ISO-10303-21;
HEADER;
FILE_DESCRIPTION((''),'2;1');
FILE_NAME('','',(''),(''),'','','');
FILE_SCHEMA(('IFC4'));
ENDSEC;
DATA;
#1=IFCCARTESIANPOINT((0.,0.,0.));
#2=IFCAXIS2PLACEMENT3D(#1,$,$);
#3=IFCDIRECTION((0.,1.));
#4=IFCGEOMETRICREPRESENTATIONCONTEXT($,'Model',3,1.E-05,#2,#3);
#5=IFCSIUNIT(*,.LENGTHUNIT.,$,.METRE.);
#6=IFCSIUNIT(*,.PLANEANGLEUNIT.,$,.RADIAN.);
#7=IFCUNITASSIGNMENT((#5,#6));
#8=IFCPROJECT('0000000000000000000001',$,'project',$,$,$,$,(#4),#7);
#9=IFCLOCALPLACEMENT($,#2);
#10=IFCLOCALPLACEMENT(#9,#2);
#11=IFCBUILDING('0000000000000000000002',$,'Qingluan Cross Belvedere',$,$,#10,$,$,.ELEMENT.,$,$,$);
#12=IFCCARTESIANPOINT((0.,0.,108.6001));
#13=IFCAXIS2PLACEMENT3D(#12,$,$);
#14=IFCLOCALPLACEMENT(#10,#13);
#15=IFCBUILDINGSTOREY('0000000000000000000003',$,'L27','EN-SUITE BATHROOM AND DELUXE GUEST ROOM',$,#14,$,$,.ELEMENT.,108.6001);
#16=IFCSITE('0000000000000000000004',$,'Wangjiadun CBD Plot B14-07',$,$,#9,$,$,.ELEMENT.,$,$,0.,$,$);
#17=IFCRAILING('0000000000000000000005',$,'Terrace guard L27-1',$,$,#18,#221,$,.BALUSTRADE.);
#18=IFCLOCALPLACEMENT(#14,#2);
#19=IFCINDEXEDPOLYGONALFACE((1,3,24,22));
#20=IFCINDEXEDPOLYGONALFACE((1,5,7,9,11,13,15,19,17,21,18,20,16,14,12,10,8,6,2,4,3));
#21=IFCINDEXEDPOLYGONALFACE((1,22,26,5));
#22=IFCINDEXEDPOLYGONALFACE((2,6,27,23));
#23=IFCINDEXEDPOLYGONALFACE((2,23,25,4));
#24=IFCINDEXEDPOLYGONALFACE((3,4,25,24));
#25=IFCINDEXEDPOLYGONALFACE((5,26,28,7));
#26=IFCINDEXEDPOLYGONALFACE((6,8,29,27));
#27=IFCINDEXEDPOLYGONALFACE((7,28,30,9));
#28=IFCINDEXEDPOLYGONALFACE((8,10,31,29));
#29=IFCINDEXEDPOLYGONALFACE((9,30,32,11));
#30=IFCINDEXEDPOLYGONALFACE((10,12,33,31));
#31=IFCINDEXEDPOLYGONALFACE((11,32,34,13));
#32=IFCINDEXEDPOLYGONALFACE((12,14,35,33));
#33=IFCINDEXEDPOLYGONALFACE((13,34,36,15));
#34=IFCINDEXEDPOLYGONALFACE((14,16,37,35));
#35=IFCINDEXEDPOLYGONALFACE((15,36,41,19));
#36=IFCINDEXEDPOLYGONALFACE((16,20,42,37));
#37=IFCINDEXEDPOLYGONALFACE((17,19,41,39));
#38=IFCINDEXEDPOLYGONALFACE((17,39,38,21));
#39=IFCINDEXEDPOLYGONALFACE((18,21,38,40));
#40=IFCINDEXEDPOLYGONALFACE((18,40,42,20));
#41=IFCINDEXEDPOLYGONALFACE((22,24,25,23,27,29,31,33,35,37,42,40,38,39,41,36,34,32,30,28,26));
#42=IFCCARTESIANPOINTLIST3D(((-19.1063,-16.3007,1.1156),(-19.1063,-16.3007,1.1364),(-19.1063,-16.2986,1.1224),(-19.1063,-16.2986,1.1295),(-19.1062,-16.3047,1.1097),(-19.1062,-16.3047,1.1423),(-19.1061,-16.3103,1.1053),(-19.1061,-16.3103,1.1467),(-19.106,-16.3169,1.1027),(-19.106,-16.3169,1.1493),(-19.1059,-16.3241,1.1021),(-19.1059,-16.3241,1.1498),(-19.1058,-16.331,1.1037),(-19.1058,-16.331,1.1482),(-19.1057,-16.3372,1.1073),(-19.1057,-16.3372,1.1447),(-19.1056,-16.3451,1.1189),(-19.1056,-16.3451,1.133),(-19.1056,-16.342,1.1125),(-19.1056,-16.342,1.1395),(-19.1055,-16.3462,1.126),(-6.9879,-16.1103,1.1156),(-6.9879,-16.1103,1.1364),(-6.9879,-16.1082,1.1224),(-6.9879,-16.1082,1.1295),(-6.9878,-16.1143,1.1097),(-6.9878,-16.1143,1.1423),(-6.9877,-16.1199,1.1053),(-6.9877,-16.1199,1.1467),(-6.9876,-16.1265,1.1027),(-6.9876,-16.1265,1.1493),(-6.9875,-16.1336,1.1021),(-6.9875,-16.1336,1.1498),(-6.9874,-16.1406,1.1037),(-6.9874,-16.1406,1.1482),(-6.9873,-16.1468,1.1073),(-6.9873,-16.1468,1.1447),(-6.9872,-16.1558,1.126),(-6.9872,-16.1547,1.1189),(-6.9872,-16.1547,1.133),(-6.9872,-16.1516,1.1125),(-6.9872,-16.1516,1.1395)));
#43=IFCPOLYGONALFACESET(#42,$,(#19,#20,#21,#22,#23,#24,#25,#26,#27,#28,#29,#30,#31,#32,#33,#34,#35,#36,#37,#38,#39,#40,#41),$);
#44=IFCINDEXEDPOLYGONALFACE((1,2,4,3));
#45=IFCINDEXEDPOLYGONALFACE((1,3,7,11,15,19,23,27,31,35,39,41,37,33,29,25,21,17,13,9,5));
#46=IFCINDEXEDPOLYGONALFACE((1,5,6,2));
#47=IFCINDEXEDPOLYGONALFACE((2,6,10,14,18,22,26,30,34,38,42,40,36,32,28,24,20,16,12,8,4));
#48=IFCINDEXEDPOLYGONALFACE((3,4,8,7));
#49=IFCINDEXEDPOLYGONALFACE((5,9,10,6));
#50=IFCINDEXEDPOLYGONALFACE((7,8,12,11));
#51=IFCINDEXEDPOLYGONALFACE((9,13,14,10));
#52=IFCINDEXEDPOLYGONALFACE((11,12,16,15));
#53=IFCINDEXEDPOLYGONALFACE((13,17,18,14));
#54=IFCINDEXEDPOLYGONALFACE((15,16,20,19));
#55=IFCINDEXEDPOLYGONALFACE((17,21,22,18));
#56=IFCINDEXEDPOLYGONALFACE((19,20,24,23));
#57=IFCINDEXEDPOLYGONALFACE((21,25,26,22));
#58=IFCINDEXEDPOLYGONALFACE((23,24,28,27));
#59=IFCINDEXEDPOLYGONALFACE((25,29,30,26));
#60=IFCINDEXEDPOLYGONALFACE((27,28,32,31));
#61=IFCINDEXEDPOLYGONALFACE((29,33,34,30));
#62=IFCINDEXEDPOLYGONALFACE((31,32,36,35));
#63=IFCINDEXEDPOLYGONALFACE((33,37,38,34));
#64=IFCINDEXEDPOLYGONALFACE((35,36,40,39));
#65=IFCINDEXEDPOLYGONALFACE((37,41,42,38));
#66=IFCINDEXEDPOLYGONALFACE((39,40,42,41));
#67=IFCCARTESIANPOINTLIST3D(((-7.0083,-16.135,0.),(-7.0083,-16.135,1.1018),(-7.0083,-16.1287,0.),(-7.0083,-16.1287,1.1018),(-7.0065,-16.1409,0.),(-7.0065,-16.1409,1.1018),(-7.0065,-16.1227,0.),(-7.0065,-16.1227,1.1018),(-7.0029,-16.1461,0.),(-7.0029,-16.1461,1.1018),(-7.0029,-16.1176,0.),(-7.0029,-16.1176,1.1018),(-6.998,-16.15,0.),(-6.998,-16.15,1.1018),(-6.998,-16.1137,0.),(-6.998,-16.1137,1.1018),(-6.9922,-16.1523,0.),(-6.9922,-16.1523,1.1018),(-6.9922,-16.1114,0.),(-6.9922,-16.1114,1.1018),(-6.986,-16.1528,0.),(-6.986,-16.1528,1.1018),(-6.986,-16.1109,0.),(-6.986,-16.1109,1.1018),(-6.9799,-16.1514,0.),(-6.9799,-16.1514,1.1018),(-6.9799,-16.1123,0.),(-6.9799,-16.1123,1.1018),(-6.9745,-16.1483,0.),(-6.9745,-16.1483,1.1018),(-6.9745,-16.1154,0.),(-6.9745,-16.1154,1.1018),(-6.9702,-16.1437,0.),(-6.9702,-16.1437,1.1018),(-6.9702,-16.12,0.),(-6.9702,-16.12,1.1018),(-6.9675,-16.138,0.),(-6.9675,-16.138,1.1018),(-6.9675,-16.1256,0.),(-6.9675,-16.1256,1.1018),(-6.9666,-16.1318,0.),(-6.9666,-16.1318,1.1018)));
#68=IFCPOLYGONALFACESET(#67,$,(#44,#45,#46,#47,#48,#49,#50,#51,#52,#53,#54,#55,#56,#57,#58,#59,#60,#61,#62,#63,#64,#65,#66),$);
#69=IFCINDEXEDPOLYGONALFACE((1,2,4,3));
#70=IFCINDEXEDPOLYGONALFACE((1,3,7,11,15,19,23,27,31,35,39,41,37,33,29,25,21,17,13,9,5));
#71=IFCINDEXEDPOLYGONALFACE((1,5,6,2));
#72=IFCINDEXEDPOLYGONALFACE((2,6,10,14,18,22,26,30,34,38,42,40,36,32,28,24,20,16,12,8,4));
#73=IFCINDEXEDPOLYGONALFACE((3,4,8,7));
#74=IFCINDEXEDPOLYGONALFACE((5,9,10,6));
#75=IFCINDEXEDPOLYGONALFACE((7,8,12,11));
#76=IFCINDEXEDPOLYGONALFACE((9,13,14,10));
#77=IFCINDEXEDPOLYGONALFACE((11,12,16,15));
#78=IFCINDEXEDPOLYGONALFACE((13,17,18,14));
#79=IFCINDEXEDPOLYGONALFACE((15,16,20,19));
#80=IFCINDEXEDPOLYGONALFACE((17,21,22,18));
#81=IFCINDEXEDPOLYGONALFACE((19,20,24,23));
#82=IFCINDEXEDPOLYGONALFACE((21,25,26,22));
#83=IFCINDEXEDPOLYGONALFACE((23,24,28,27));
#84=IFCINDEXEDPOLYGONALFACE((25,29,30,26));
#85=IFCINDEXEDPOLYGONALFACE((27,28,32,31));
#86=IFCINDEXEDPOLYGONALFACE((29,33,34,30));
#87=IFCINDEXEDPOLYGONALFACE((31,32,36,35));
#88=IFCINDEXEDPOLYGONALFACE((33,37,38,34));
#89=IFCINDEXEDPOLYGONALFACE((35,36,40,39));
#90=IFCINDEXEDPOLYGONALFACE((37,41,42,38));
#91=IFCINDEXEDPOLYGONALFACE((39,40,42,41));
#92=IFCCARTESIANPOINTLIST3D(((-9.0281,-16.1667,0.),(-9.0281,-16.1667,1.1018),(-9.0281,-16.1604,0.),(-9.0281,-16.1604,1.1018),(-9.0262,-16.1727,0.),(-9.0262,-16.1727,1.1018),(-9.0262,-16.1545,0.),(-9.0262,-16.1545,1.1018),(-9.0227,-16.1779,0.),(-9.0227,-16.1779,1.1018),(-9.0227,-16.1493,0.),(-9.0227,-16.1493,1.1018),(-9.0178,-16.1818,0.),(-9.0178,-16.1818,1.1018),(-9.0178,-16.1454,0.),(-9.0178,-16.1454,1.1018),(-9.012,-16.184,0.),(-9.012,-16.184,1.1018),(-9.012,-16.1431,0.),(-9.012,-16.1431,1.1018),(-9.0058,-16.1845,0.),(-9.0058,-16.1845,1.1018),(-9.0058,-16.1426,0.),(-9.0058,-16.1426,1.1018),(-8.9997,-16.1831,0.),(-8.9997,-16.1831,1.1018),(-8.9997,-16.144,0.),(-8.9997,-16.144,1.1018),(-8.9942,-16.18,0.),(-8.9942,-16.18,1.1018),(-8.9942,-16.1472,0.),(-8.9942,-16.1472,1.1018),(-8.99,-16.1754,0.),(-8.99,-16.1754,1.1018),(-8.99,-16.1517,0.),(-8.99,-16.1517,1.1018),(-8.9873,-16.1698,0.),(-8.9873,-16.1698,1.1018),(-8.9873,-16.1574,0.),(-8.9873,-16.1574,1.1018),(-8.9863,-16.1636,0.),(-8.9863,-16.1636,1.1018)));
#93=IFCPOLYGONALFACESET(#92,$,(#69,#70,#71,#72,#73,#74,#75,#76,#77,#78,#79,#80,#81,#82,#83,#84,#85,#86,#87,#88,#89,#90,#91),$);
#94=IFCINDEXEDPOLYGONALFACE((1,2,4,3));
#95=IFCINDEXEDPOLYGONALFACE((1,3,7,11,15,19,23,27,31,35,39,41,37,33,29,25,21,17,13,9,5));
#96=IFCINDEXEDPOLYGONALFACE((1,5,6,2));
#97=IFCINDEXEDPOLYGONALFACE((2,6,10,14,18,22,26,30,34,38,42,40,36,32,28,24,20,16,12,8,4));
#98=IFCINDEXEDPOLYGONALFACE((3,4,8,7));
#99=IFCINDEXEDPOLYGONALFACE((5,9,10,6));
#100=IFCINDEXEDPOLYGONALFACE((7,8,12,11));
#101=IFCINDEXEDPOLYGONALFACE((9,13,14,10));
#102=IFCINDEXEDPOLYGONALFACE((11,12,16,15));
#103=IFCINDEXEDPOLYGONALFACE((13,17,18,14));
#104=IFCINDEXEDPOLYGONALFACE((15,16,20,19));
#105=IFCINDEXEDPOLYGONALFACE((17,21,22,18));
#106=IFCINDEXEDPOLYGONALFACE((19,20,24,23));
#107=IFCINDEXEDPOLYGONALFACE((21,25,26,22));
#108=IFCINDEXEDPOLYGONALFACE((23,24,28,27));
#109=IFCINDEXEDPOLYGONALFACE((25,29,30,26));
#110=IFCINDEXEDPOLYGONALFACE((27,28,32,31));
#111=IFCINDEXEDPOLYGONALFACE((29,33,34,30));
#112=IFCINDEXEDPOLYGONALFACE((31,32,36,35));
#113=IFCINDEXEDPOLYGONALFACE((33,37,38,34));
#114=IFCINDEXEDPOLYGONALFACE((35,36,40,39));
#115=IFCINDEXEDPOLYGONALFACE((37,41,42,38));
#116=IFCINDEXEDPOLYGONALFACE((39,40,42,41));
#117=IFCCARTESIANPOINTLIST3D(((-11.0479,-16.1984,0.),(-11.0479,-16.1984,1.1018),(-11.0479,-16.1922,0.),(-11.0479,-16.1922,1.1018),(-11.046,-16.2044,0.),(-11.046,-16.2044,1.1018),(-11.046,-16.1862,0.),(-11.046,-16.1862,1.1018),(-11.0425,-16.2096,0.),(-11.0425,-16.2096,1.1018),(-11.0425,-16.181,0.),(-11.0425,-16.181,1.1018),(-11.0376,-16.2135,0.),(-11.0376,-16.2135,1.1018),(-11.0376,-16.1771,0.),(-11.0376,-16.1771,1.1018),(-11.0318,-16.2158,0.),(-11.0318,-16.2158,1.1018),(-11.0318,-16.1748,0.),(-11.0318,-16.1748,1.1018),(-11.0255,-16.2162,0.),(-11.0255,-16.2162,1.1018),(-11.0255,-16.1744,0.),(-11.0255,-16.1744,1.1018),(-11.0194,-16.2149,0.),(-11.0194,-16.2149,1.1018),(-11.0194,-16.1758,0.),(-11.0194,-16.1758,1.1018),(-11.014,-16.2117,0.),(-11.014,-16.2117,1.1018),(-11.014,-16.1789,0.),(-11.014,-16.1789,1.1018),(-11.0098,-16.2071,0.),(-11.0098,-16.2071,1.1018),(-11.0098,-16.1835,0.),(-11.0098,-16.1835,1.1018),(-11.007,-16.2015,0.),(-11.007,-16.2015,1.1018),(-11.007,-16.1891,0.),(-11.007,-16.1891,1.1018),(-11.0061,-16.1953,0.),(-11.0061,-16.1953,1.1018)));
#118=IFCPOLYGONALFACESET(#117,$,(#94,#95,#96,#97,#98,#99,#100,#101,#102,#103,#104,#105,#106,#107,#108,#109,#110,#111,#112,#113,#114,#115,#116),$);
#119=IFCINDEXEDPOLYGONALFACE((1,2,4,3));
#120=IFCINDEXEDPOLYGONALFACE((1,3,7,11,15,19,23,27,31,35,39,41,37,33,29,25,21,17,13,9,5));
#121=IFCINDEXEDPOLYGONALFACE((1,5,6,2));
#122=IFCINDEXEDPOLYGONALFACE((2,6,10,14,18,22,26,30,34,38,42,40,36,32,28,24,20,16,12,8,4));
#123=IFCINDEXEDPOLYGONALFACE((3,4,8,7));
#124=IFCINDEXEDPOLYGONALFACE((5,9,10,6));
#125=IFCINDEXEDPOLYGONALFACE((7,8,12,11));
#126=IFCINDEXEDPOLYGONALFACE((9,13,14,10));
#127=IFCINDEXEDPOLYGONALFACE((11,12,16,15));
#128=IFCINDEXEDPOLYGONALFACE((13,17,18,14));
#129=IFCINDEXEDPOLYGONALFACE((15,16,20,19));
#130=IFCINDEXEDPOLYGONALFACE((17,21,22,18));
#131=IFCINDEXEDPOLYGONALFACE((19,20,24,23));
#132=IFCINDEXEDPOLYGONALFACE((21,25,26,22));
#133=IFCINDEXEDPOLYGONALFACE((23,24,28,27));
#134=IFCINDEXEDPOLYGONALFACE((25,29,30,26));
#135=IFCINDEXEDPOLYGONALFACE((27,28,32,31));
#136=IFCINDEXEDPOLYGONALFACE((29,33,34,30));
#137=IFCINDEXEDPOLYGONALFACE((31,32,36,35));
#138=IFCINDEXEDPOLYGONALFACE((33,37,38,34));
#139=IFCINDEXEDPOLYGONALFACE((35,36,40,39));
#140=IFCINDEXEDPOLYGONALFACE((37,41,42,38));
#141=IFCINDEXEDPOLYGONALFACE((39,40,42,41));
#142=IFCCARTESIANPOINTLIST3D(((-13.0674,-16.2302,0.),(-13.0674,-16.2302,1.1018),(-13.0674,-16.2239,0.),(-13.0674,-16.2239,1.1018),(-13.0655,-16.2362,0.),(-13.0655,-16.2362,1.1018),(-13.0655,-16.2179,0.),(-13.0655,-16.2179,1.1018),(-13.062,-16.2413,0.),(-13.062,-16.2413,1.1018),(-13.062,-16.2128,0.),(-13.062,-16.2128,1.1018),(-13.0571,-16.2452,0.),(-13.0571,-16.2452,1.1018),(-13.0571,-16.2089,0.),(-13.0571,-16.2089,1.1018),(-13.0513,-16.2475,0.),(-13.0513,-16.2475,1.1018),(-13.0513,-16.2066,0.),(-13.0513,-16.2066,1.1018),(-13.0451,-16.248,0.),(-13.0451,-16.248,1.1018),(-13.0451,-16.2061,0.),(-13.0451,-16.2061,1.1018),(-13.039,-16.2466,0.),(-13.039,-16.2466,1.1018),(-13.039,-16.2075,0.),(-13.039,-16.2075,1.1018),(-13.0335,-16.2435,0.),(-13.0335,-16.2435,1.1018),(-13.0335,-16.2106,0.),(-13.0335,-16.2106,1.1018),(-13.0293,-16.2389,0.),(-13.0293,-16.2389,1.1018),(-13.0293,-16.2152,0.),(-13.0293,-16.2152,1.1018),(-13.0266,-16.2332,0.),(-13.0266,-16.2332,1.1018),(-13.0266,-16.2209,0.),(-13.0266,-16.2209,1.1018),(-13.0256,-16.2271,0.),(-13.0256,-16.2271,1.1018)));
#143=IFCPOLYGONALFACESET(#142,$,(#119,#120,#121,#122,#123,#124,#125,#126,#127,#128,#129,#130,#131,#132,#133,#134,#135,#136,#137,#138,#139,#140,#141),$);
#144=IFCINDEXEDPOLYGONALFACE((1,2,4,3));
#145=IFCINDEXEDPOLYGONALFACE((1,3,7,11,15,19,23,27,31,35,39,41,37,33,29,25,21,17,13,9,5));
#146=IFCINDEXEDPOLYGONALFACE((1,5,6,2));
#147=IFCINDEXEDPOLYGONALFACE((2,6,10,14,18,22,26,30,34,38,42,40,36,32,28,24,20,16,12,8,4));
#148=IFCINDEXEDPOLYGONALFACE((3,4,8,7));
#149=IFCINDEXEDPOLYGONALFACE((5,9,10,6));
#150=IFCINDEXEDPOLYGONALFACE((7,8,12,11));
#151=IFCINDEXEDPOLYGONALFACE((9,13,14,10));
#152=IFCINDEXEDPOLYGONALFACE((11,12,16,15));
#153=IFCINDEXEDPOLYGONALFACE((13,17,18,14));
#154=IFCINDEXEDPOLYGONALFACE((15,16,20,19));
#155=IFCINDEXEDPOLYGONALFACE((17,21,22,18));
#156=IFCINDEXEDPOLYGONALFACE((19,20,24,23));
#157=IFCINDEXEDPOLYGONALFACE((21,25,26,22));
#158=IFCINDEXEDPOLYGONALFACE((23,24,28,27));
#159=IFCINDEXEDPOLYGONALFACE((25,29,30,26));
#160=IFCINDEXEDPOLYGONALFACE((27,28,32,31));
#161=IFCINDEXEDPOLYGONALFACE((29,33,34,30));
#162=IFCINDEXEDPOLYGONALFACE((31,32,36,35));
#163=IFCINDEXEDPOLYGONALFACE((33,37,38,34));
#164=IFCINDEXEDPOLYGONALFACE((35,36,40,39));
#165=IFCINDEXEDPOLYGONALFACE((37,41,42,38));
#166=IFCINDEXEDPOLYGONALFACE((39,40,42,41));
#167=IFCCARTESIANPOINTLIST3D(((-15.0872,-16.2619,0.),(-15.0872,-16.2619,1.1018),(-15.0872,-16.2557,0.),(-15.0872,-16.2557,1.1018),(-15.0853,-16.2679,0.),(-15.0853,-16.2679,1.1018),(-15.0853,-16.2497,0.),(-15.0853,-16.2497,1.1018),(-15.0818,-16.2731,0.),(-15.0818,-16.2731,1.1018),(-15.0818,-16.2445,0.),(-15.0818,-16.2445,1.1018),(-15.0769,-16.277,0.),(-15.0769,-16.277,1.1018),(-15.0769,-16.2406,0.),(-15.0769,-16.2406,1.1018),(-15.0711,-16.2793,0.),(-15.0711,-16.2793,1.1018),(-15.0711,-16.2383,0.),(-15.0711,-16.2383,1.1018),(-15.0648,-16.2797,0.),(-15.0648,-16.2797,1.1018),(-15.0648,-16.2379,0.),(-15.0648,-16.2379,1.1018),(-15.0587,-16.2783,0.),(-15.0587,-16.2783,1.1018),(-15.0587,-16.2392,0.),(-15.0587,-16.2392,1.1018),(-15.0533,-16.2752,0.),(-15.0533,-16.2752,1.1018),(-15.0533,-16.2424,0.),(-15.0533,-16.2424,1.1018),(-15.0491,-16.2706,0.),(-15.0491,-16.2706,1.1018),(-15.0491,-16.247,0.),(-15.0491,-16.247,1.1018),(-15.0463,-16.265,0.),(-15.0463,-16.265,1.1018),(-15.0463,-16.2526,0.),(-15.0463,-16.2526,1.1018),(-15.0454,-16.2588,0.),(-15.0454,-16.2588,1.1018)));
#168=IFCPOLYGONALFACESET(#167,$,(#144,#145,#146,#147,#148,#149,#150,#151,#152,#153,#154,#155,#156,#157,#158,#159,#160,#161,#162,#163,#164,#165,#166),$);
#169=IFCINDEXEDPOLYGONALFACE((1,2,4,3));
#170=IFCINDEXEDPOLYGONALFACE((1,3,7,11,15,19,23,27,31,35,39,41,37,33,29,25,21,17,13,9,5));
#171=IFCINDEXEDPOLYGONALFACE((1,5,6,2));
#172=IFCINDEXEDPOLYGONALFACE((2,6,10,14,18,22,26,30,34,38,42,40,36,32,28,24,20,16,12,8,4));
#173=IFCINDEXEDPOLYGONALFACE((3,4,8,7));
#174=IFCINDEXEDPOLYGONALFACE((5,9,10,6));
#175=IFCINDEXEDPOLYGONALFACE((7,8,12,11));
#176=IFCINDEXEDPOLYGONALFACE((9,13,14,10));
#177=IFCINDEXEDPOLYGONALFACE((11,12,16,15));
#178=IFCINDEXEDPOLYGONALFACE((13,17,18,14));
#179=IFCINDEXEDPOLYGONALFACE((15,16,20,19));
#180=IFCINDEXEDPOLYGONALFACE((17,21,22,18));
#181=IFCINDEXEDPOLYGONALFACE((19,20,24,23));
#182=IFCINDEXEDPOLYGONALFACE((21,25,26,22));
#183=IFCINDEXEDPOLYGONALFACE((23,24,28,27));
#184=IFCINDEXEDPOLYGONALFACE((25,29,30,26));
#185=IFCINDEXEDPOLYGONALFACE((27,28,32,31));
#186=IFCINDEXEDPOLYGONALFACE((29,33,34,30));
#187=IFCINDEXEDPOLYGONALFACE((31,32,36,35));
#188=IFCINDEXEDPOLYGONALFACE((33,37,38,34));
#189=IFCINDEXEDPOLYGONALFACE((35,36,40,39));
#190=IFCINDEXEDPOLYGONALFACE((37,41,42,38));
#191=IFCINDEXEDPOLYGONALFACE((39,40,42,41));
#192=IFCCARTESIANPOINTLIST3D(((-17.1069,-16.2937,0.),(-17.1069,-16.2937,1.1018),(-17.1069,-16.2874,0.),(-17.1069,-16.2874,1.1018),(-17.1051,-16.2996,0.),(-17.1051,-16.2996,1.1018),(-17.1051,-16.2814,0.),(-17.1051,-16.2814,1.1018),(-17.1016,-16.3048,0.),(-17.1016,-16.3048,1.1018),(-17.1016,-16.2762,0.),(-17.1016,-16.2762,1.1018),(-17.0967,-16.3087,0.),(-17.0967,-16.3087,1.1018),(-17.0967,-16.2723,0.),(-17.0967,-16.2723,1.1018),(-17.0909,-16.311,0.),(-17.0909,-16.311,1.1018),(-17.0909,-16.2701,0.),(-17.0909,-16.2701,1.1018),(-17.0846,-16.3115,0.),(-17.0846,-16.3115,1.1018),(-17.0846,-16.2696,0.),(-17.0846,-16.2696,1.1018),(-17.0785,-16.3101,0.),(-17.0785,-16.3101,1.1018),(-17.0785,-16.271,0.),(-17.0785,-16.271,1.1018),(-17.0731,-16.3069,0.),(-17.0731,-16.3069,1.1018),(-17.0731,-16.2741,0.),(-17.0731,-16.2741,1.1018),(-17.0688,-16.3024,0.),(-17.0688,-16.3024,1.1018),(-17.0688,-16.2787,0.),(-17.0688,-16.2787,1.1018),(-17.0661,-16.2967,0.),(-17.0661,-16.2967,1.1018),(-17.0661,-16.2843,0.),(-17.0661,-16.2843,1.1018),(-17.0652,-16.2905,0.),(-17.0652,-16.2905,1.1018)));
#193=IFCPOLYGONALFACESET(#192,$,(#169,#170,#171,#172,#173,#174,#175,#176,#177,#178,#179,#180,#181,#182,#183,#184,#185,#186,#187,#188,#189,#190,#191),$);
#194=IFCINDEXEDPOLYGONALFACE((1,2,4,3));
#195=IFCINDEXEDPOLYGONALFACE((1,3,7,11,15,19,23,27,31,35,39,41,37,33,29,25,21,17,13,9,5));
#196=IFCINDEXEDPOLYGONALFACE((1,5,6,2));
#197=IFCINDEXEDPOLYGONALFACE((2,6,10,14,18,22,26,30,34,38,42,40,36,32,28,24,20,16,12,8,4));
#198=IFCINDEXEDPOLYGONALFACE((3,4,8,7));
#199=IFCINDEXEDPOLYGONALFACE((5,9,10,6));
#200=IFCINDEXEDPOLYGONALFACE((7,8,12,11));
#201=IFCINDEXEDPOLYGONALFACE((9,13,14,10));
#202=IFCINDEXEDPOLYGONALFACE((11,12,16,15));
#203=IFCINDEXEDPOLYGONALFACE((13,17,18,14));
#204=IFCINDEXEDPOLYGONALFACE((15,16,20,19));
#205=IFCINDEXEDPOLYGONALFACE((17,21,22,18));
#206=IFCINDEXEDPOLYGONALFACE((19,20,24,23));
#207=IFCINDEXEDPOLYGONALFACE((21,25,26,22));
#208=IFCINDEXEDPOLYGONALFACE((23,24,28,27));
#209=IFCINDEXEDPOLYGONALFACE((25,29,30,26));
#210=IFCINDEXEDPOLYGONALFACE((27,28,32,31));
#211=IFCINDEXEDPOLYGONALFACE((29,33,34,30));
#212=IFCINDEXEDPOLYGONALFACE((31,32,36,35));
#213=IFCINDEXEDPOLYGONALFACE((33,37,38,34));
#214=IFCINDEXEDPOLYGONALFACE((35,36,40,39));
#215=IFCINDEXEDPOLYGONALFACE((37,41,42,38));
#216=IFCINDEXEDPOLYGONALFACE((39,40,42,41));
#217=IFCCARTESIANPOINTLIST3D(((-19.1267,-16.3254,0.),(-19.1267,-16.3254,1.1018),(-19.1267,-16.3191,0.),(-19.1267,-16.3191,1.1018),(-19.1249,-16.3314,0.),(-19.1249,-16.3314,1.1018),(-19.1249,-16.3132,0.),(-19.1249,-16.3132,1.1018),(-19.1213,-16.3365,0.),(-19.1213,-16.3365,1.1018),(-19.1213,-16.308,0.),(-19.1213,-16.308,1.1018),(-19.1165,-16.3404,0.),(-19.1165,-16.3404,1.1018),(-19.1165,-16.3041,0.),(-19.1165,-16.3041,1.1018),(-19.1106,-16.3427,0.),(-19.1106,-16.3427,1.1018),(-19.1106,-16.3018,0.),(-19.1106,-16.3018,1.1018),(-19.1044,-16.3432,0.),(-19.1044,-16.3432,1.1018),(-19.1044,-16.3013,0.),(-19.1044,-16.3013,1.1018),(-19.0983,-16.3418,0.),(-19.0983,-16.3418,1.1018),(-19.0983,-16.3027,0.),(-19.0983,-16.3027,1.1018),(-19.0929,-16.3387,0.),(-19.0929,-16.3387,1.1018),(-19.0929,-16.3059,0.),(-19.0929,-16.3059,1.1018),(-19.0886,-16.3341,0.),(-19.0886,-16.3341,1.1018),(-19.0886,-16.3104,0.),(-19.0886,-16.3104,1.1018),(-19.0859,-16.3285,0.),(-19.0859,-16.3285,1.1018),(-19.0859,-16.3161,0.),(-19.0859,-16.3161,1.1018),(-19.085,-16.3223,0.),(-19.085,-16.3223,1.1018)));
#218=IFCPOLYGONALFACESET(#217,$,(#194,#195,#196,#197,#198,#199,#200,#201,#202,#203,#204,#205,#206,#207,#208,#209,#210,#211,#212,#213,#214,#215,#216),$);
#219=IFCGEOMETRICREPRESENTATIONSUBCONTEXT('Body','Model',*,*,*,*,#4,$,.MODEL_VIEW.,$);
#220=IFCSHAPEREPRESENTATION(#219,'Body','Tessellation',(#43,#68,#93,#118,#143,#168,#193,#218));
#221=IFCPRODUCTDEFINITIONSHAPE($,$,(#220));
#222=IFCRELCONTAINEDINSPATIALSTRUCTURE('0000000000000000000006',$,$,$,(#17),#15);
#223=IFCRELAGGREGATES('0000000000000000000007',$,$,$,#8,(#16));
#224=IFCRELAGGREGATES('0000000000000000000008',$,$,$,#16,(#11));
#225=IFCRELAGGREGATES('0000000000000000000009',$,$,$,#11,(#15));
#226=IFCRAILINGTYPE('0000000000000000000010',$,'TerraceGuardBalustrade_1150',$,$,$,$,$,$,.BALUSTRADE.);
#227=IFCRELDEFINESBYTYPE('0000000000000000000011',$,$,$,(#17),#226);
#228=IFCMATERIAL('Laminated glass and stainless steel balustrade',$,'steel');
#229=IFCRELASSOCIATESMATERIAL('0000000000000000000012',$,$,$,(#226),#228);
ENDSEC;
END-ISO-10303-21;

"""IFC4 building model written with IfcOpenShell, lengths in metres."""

from ifc_helpers import new_model, si_unit, direction, frame, origin, origin_2d, place, context, subcontext, project, spatial, circle, extrude, material, type_object, element, save


model = new_model("IFC4")

# Units and contexts
model_context = context("Model", 3, precision=1e-05, world=origin(), true_north=direction((0.0, 1.0)))
body_context = subcontext(model_context, "Body", "Model", "MODEL_VIEW")
ifc_project = project(units=[si_unit("LENGTHUNIT", "METRE"), si_unit("PLANEANGLEUNIT", "RADIAN")], contexts=[model_context])

# Site, building, storey
site_placement = place(None, origin())
site = spatial("IfcSite", under=ifc_project, at=site_placement, Name="Wangjiadun CBD Plot B14-07", CompositionType="ELEMENT", RefElevation=0.0)
building_placement = place(site_placement, origin())
building = spatial("IfcBuilding", under=site, at=building_placement, Name="Qingluan Cross Belvedere", CompositionType="ELEMENT")
storey_placement = place(building_placement, frame((0.0, 0.0, 108.6001)))
storey = spatial("IfcBuildingStorey", under=building, at=storey_placement, Name="L27", Description="EN-SUITE BATHROOM AND DELUXE GUEST ROOM", CompositionType="ELEMENT", Elevation=108.6001)

# Railing
ifc_material_1 = material(Name="Laminated glass and stainless steel balustrade", Category="steel")
railing_type = type_object("IfcRailingType", Name="TerraceGuardBalustrade_1150", PredefinedType="BALUSTRADE", material=ifc_material_1)
railing_1_placement = place(storey_placement, frame((-6.9875, -16.1318, 0.0)))
element("IfcRailing", 1, at=railing_1_placement, inside=storey, type_object=railing_type, Name="Terrace guard L27-1", PredefinedType="BALUSTRADE", context=body_context, shape_type="SweptSolid", body=[
    extrude(circle(Radius=0.0239, at=origin_2d()), frame((0.0, 0.0, 1.126), z_axis=(-0.999877, -0.015712, 0.0), x_axis=(0.015712, -0.999877, 0.0)), (0.0, 0.0, 1.0), 12.1199),
    extrude(circle(Radius=0.021, at=origin_2d()), origin(), (0.0, 0.0, 1.0), 1.1018),
    extrude(circle(Radius=0.021, at=origin_2d()), frame((-2.0198, -0.0317, 0.0)), (0.0, 0.0, 1.0), 1.1018),
    extrude(circle(Radius=0.021, at=origin_2d()), frame((-4.0396, -0.0635, 0.0)), (0.0, 0.0, 1.0), 1.1018),
    extrude(circle(Radius=0.021, at=origin_2d()), frame((-6.0591, -0.0952, 0.0)), (0.0, 0.0, 1.0), 1.1018),
    extrude(circle(Radius=0.021, at=origin_2d()), frame((-8.0789, -0.127, 0.0)), (0.0, 0.0, 1.0), 1.1018),
    extrude(circle(Radius=0.021, at=origin_2d()), frame((-10.0986, -0.1587, 0.0)), (0.0, 0.0, 1.0), 1.1018),
    extrude(circle(Radius=0.021, at=origin_2d()), frame((-12.1184, -0.1904, 0.0)), (0.0, 0.0, 1.0), 1.1018),
])

save(model, "model.ifc")
